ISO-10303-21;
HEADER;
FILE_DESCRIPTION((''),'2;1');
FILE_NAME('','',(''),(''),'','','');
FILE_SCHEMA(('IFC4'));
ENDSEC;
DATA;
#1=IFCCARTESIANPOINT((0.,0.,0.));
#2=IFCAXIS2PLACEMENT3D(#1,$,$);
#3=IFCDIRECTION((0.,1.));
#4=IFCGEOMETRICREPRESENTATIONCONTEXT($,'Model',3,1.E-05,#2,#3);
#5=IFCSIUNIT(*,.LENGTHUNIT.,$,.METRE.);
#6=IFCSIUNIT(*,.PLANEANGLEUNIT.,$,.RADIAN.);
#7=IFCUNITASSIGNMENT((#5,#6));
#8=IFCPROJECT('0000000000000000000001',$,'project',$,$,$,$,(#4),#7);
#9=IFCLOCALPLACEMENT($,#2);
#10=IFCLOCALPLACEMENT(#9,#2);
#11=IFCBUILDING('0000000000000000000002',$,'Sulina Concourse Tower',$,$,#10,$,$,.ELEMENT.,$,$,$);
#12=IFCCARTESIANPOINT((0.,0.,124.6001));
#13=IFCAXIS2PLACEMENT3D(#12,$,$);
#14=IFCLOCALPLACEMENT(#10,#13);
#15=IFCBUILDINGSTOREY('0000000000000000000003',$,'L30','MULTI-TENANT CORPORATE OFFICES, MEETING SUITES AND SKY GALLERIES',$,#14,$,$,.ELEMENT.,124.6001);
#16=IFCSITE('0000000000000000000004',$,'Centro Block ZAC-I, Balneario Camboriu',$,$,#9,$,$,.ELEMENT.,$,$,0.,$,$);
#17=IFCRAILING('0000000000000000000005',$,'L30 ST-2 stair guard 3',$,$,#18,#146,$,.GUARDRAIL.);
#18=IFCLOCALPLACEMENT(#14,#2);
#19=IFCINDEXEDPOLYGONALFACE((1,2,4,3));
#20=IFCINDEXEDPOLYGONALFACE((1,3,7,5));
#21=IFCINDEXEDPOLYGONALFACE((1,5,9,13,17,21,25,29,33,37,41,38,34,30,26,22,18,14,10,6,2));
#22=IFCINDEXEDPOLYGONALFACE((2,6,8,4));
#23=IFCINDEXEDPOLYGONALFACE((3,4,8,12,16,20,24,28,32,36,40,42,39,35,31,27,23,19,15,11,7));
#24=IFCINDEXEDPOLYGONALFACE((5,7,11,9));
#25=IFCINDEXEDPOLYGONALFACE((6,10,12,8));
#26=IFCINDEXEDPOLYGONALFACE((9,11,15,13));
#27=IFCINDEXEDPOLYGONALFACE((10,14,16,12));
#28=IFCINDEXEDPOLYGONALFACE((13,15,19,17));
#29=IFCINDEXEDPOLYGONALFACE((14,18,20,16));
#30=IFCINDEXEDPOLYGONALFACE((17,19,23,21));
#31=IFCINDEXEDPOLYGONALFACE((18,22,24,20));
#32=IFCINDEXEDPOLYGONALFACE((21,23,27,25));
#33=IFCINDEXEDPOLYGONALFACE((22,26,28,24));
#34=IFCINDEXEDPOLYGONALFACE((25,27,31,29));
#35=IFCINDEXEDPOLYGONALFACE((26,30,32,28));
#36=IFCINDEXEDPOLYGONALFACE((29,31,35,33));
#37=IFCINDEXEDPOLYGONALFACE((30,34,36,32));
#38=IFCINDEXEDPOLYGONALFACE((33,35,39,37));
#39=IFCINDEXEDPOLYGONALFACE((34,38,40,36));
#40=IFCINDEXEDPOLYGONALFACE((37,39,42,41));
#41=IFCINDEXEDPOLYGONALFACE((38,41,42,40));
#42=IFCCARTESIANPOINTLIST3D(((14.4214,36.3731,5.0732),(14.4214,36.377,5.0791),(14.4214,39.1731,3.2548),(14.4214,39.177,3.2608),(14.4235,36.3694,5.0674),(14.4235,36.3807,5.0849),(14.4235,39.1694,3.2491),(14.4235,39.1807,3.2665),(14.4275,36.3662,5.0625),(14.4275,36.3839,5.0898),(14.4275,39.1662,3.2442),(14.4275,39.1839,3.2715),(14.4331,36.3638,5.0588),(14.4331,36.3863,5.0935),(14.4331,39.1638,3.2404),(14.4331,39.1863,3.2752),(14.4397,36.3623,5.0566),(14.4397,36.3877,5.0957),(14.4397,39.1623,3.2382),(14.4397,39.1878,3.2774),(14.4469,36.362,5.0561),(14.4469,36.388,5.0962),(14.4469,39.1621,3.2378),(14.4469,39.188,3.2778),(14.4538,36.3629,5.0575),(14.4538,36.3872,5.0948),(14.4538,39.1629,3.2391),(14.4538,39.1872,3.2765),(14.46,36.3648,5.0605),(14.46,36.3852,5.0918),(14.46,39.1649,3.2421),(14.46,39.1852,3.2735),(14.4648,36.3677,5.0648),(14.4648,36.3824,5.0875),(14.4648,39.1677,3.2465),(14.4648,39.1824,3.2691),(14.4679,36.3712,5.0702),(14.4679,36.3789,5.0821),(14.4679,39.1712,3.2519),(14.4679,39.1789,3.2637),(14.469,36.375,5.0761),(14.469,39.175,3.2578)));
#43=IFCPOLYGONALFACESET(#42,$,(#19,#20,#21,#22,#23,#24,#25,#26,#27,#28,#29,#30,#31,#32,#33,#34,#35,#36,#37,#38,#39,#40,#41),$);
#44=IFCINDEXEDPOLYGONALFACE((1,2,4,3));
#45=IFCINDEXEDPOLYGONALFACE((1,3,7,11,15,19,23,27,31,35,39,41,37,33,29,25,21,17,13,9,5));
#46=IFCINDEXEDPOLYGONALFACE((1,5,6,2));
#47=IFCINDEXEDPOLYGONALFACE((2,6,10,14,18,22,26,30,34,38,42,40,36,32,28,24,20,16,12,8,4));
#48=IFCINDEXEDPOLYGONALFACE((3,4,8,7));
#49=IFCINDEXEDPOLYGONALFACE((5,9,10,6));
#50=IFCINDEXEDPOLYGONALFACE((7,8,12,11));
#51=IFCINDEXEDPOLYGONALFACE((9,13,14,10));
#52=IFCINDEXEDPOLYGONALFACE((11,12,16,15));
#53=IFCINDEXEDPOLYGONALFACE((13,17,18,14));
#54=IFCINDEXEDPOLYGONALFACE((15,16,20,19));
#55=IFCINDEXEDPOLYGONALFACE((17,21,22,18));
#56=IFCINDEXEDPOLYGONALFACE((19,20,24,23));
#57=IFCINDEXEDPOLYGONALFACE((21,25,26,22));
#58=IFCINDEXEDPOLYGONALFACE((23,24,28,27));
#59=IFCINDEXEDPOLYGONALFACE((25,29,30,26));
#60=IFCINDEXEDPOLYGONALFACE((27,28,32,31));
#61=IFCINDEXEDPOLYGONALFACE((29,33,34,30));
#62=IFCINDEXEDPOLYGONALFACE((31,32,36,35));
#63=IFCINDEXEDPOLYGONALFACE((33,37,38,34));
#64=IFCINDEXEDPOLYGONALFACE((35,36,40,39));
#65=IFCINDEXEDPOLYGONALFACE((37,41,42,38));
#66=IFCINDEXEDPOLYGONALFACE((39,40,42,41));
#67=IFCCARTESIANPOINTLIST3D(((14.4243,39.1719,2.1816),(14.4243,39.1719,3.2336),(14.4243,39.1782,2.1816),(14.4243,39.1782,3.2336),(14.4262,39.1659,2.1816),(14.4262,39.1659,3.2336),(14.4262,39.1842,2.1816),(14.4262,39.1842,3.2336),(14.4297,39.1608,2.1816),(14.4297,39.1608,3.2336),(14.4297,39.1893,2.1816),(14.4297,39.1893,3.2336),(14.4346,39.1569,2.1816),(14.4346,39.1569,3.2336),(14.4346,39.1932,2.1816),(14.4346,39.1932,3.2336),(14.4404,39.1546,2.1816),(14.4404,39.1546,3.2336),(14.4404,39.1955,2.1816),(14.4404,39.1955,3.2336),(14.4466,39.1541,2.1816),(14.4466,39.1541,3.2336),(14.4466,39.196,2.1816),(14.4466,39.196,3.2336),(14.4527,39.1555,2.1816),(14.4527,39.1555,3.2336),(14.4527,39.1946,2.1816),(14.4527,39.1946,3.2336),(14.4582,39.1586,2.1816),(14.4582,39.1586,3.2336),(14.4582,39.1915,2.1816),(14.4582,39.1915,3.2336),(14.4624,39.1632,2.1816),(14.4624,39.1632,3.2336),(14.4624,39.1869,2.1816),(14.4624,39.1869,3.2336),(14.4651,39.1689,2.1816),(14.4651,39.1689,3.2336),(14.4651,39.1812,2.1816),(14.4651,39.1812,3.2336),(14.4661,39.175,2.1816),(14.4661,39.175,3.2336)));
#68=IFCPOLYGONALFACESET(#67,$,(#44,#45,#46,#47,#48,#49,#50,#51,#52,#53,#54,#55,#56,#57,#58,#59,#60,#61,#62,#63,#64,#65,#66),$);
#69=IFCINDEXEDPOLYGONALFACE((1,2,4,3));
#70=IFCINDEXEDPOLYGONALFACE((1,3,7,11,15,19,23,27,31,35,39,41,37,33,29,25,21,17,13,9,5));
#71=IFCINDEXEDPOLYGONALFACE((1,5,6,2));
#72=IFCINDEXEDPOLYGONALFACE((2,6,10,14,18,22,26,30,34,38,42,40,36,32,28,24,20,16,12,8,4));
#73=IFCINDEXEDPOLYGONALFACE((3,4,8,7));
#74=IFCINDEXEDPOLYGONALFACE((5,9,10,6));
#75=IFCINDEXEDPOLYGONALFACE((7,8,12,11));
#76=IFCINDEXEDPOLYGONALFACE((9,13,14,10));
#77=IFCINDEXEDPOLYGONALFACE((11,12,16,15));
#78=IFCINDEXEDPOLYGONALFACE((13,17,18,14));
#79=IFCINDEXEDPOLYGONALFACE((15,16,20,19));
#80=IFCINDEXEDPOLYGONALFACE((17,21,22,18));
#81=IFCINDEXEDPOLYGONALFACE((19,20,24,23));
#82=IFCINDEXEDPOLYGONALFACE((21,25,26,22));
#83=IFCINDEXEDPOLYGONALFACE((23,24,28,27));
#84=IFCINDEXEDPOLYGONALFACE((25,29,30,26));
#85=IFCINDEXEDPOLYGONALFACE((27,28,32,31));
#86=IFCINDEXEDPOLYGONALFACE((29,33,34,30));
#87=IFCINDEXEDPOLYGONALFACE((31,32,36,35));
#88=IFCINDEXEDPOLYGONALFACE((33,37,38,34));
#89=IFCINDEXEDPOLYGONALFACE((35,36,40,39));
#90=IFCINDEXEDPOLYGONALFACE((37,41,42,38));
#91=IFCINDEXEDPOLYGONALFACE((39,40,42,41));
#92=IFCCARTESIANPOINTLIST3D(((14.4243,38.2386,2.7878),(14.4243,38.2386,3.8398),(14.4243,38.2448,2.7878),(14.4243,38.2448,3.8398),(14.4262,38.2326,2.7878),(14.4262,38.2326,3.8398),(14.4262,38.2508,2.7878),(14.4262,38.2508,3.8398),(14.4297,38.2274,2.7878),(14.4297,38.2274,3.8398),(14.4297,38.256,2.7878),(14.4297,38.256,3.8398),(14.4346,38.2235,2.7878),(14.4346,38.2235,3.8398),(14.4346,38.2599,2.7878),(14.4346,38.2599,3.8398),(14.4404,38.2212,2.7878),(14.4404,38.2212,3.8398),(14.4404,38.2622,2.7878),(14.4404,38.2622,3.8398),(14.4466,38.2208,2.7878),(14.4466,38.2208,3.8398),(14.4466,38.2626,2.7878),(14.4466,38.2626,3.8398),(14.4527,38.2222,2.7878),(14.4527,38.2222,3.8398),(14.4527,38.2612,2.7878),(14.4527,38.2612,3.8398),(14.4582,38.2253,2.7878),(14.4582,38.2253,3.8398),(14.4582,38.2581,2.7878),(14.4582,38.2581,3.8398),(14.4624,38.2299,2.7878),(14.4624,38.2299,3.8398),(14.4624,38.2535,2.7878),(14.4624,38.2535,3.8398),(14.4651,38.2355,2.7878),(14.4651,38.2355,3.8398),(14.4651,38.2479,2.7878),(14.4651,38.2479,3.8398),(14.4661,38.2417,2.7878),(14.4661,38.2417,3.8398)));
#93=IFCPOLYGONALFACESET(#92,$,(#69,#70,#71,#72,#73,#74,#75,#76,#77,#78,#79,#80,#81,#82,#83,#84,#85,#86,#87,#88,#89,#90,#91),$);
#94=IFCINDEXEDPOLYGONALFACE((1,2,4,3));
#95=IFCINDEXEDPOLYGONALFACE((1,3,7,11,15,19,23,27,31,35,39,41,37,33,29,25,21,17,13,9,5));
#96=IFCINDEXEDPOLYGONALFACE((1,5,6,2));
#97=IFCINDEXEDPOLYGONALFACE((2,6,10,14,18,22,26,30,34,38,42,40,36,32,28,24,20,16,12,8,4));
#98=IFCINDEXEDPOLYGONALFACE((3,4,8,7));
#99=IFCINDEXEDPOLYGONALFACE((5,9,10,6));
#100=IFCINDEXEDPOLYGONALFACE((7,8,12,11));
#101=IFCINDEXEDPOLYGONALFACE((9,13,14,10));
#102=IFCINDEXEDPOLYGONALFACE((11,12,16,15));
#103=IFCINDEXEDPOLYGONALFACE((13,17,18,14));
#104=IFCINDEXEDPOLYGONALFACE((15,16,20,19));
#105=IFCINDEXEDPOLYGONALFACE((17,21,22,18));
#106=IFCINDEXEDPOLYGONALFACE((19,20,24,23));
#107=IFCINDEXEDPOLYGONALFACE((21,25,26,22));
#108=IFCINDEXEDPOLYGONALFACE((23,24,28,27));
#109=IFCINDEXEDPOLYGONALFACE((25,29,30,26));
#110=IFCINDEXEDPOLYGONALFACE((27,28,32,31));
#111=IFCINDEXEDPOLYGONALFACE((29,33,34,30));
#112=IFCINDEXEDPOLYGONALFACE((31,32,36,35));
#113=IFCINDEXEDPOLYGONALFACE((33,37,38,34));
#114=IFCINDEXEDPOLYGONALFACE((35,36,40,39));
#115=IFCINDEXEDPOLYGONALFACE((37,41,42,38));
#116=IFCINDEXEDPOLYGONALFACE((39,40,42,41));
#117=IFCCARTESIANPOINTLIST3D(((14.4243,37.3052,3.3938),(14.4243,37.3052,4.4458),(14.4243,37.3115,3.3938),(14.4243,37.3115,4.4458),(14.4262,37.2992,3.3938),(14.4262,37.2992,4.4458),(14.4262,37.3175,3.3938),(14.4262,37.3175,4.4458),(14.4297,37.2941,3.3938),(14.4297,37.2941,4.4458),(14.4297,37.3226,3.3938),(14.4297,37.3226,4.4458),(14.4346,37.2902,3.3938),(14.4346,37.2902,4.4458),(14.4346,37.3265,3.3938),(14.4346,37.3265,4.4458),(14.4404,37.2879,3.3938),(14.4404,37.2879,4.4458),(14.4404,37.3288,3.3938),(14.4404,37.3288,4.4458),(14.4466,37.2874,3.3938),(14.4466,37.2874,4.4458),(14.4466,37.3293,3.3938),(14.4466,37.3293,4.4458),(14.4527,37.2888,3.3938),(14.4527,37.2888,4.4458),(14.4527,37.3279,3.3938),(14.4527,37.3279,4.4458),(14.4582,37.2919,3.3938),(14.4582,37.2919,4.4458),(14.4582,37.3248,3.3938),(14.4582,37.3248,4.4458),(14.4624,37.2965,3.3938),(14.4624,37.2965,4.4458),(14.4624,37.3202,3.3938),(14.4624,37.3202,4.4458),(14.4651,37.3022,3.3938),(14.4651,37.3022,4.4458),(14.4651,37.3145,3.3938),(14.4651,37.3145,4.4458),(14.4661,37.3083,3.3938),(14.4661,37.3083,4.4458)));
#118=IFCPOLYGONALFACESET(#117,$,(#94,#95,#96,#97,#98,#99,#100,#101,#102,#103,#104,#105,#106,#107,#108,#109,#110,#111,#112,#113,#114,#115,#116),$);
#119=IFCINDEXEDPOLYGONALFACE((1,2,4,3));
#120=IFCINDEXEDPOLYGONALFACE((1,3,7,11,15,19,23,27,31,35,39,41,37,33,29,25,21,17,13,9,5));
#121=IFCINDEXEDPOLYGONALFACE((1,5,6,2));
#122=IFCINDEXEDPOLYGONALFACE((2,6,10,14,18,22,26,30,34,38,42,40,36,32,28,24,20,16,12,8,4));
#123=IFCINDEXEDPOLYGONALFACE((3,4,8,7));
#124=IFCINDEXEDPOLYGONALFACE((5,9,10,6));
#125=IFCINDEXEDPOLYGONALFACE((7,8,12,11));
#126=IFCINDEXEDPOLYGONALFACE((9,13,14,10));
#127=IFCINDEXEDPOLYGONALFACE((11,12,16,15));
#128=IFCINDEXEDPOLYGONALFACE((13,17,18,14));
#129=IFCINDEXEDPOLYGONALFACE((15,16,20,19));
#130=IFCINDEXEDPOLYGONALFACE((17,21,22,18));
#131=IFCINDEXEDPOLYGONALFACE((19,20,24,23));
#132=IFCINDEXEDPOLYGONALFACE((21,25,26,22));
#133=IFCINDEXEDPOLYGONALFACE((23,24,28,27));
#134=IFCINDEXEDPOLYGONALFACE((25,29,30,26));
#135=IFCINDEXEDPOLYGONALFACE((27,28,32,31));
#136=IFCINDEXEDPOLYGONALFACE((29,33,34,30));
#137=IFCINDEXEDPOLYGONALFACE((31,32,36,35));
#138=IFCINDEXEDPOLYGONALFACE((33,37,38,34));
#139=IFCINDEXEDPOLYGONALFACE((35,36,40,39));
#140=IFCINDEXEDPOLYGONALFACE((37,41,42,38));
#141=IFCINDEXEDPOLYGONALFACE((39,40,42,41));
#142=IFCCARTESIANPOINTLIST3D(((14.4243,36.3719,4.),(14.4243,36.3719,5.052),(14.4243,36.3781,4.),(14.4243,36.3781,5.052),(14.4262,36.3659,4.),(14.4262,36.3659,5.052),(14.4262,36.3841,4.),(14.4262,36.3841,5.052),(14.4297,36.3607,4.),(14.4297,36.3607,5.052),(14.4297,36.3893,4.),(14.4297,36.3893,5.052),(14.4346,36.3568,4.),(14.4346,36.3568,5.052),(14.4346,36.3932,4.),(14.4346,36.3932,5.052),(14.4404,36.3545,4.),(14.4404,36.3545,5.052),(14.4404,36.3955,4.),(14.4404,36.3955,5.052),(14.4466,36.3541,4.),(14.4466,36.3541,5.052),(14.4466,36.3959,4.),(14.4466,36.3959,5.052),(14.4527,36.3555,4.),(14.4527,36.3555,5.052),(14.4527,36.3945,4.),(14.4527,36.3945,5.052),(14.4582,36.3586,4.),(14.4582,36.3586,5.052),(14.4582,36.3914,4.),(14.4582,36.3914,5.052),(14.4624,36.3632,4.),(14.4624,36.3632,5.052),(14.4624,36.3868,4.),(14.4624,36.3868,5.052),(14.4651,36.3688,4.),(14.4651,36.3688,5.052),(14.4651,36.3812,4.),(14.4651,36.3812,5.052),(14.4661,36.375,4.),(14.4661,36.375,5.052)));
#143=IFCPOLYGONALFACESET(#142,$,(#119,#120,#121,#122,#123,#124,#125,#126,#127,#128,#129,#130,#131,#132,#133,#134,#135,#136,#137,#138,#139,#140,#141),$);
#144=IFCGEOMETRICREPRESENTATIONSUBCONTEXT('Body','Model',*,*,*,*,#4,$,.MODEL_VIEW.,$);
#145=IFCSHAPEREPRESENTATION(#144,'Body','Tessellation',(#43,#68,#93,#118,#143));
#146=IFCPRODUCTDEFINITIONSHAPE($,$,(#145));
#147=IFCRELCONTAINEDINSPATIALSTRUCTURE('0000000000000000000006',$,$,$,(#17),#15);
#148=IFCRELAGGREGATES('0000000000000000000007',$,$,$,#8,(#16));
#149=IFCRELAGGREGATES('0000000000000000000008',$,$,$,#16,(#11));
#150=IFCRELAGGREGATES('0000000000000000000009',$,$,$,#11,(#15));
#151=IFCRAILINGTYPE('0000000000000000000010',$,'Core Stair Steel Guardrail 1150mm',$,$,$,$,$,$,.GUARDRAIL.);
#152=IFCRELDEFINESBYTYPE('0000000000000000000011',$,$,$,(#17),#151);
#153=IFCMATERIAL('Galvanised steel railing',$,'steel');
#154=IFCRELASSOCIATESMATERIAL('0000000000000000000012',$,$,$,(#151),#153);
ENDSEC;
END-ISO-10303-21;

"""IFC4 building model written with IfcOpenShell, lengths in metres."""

from ifc_helpers import new_model, si_unit, direction, frame, origin, origin_2d, place, context, subcontext, project, spatial, circle, extrude, material, type_object, element, save


model = new_model("IFC4")

# Units and contexts
model_context = context("Model", 3, precision=1e-05, world=origin(), true_north=direction((0.0, 1.0)))
body_context = subcontext(model_context, "Body", "Model", "MODEL_VIEW")
ifc_project = project(units=[si_unit("LENGTHUNIT", "METRE"), si_unit("PLANEANGLEUNIT", "RADIAN")], contexts=[model_context])

# Site, building, storey
site_placement = place(None, origin())
site = spatial("IfcSite", under=ifc_project, at=site_placement, Name="Centro Block ZAC-I, Balneario Camboriu", CompositionType="ELEMENT", RefElevation=0.0)
building_placement = place(site_placement, origin())
building = spatial("IfcBuilding", under=site, at=building_placement, Name="Sulina Concourse Tower", CompositionType="ELEMENT")
storey_placement = place(building_placement, frame((0.0, 0.0, 124.6001)))
storey = spatial("IfcBuildingStorey", under=building, at=storey_placement, Name="L30", Description="MULTI-TENANT CORPORATE OFFICES, MEETING SUITES AND SKY GALLERIES", CompositionType="ELEMENT", Elevation=124.6001)

# Railing
ifc_material_1 = material(Name="Galvanised steel railing", Category="steel")
railing_type_1 = type_object("IfcRailingType", Name="Core Stair Steel Guardrail 1150mm", PredefinedType="GUARDRAIL", material=ifc_material_1)
railing_1_placement = place(storey_placement, frame((14.4451, 39.175, 2.1816)))
element("IfcRailing", 1, at=railing_1_placement, inside=storey, type_object=railing_type_1, Name="L30 ST-2 stair guard 3", PredefinedType="GUARDRAIL", context=body_context, shape_type="SweptSolid", body=[
    extrude(circle(Radius=0.0239, at=origin_2d()), frame((0.0, 0.0, 1.0762), z_axis=(0.0, -0.838672, 0.544636), x_axis=(1.0, 0.0, 0.0)), (0.0, 0.0, 1.0), 3.3386),
    extrude(circle(Radius=0.021, at=origin_2d()), origin(), (0.0, 0.0, 1.0), 1.052),
    extrude(circle(Radius=0.021, at=origin_2d()), frame((0.0, -0.9333, 0.6062)), (0.0, 0.0, 1.0), 1.052),
    extrude(circle(Radius=0.021, at=origin_2d()), frame((0.0, -1.8667, 1.2122)), (0.0, 0.0, 1.0), 1.052),
    extrude(circle(Radius=0.021, at=origin_2d()), frame((0.0, -2.8, 1.8184)), (0.0, 0.0, 1.0), 1.052),
])

save(model, "model.ifc")
